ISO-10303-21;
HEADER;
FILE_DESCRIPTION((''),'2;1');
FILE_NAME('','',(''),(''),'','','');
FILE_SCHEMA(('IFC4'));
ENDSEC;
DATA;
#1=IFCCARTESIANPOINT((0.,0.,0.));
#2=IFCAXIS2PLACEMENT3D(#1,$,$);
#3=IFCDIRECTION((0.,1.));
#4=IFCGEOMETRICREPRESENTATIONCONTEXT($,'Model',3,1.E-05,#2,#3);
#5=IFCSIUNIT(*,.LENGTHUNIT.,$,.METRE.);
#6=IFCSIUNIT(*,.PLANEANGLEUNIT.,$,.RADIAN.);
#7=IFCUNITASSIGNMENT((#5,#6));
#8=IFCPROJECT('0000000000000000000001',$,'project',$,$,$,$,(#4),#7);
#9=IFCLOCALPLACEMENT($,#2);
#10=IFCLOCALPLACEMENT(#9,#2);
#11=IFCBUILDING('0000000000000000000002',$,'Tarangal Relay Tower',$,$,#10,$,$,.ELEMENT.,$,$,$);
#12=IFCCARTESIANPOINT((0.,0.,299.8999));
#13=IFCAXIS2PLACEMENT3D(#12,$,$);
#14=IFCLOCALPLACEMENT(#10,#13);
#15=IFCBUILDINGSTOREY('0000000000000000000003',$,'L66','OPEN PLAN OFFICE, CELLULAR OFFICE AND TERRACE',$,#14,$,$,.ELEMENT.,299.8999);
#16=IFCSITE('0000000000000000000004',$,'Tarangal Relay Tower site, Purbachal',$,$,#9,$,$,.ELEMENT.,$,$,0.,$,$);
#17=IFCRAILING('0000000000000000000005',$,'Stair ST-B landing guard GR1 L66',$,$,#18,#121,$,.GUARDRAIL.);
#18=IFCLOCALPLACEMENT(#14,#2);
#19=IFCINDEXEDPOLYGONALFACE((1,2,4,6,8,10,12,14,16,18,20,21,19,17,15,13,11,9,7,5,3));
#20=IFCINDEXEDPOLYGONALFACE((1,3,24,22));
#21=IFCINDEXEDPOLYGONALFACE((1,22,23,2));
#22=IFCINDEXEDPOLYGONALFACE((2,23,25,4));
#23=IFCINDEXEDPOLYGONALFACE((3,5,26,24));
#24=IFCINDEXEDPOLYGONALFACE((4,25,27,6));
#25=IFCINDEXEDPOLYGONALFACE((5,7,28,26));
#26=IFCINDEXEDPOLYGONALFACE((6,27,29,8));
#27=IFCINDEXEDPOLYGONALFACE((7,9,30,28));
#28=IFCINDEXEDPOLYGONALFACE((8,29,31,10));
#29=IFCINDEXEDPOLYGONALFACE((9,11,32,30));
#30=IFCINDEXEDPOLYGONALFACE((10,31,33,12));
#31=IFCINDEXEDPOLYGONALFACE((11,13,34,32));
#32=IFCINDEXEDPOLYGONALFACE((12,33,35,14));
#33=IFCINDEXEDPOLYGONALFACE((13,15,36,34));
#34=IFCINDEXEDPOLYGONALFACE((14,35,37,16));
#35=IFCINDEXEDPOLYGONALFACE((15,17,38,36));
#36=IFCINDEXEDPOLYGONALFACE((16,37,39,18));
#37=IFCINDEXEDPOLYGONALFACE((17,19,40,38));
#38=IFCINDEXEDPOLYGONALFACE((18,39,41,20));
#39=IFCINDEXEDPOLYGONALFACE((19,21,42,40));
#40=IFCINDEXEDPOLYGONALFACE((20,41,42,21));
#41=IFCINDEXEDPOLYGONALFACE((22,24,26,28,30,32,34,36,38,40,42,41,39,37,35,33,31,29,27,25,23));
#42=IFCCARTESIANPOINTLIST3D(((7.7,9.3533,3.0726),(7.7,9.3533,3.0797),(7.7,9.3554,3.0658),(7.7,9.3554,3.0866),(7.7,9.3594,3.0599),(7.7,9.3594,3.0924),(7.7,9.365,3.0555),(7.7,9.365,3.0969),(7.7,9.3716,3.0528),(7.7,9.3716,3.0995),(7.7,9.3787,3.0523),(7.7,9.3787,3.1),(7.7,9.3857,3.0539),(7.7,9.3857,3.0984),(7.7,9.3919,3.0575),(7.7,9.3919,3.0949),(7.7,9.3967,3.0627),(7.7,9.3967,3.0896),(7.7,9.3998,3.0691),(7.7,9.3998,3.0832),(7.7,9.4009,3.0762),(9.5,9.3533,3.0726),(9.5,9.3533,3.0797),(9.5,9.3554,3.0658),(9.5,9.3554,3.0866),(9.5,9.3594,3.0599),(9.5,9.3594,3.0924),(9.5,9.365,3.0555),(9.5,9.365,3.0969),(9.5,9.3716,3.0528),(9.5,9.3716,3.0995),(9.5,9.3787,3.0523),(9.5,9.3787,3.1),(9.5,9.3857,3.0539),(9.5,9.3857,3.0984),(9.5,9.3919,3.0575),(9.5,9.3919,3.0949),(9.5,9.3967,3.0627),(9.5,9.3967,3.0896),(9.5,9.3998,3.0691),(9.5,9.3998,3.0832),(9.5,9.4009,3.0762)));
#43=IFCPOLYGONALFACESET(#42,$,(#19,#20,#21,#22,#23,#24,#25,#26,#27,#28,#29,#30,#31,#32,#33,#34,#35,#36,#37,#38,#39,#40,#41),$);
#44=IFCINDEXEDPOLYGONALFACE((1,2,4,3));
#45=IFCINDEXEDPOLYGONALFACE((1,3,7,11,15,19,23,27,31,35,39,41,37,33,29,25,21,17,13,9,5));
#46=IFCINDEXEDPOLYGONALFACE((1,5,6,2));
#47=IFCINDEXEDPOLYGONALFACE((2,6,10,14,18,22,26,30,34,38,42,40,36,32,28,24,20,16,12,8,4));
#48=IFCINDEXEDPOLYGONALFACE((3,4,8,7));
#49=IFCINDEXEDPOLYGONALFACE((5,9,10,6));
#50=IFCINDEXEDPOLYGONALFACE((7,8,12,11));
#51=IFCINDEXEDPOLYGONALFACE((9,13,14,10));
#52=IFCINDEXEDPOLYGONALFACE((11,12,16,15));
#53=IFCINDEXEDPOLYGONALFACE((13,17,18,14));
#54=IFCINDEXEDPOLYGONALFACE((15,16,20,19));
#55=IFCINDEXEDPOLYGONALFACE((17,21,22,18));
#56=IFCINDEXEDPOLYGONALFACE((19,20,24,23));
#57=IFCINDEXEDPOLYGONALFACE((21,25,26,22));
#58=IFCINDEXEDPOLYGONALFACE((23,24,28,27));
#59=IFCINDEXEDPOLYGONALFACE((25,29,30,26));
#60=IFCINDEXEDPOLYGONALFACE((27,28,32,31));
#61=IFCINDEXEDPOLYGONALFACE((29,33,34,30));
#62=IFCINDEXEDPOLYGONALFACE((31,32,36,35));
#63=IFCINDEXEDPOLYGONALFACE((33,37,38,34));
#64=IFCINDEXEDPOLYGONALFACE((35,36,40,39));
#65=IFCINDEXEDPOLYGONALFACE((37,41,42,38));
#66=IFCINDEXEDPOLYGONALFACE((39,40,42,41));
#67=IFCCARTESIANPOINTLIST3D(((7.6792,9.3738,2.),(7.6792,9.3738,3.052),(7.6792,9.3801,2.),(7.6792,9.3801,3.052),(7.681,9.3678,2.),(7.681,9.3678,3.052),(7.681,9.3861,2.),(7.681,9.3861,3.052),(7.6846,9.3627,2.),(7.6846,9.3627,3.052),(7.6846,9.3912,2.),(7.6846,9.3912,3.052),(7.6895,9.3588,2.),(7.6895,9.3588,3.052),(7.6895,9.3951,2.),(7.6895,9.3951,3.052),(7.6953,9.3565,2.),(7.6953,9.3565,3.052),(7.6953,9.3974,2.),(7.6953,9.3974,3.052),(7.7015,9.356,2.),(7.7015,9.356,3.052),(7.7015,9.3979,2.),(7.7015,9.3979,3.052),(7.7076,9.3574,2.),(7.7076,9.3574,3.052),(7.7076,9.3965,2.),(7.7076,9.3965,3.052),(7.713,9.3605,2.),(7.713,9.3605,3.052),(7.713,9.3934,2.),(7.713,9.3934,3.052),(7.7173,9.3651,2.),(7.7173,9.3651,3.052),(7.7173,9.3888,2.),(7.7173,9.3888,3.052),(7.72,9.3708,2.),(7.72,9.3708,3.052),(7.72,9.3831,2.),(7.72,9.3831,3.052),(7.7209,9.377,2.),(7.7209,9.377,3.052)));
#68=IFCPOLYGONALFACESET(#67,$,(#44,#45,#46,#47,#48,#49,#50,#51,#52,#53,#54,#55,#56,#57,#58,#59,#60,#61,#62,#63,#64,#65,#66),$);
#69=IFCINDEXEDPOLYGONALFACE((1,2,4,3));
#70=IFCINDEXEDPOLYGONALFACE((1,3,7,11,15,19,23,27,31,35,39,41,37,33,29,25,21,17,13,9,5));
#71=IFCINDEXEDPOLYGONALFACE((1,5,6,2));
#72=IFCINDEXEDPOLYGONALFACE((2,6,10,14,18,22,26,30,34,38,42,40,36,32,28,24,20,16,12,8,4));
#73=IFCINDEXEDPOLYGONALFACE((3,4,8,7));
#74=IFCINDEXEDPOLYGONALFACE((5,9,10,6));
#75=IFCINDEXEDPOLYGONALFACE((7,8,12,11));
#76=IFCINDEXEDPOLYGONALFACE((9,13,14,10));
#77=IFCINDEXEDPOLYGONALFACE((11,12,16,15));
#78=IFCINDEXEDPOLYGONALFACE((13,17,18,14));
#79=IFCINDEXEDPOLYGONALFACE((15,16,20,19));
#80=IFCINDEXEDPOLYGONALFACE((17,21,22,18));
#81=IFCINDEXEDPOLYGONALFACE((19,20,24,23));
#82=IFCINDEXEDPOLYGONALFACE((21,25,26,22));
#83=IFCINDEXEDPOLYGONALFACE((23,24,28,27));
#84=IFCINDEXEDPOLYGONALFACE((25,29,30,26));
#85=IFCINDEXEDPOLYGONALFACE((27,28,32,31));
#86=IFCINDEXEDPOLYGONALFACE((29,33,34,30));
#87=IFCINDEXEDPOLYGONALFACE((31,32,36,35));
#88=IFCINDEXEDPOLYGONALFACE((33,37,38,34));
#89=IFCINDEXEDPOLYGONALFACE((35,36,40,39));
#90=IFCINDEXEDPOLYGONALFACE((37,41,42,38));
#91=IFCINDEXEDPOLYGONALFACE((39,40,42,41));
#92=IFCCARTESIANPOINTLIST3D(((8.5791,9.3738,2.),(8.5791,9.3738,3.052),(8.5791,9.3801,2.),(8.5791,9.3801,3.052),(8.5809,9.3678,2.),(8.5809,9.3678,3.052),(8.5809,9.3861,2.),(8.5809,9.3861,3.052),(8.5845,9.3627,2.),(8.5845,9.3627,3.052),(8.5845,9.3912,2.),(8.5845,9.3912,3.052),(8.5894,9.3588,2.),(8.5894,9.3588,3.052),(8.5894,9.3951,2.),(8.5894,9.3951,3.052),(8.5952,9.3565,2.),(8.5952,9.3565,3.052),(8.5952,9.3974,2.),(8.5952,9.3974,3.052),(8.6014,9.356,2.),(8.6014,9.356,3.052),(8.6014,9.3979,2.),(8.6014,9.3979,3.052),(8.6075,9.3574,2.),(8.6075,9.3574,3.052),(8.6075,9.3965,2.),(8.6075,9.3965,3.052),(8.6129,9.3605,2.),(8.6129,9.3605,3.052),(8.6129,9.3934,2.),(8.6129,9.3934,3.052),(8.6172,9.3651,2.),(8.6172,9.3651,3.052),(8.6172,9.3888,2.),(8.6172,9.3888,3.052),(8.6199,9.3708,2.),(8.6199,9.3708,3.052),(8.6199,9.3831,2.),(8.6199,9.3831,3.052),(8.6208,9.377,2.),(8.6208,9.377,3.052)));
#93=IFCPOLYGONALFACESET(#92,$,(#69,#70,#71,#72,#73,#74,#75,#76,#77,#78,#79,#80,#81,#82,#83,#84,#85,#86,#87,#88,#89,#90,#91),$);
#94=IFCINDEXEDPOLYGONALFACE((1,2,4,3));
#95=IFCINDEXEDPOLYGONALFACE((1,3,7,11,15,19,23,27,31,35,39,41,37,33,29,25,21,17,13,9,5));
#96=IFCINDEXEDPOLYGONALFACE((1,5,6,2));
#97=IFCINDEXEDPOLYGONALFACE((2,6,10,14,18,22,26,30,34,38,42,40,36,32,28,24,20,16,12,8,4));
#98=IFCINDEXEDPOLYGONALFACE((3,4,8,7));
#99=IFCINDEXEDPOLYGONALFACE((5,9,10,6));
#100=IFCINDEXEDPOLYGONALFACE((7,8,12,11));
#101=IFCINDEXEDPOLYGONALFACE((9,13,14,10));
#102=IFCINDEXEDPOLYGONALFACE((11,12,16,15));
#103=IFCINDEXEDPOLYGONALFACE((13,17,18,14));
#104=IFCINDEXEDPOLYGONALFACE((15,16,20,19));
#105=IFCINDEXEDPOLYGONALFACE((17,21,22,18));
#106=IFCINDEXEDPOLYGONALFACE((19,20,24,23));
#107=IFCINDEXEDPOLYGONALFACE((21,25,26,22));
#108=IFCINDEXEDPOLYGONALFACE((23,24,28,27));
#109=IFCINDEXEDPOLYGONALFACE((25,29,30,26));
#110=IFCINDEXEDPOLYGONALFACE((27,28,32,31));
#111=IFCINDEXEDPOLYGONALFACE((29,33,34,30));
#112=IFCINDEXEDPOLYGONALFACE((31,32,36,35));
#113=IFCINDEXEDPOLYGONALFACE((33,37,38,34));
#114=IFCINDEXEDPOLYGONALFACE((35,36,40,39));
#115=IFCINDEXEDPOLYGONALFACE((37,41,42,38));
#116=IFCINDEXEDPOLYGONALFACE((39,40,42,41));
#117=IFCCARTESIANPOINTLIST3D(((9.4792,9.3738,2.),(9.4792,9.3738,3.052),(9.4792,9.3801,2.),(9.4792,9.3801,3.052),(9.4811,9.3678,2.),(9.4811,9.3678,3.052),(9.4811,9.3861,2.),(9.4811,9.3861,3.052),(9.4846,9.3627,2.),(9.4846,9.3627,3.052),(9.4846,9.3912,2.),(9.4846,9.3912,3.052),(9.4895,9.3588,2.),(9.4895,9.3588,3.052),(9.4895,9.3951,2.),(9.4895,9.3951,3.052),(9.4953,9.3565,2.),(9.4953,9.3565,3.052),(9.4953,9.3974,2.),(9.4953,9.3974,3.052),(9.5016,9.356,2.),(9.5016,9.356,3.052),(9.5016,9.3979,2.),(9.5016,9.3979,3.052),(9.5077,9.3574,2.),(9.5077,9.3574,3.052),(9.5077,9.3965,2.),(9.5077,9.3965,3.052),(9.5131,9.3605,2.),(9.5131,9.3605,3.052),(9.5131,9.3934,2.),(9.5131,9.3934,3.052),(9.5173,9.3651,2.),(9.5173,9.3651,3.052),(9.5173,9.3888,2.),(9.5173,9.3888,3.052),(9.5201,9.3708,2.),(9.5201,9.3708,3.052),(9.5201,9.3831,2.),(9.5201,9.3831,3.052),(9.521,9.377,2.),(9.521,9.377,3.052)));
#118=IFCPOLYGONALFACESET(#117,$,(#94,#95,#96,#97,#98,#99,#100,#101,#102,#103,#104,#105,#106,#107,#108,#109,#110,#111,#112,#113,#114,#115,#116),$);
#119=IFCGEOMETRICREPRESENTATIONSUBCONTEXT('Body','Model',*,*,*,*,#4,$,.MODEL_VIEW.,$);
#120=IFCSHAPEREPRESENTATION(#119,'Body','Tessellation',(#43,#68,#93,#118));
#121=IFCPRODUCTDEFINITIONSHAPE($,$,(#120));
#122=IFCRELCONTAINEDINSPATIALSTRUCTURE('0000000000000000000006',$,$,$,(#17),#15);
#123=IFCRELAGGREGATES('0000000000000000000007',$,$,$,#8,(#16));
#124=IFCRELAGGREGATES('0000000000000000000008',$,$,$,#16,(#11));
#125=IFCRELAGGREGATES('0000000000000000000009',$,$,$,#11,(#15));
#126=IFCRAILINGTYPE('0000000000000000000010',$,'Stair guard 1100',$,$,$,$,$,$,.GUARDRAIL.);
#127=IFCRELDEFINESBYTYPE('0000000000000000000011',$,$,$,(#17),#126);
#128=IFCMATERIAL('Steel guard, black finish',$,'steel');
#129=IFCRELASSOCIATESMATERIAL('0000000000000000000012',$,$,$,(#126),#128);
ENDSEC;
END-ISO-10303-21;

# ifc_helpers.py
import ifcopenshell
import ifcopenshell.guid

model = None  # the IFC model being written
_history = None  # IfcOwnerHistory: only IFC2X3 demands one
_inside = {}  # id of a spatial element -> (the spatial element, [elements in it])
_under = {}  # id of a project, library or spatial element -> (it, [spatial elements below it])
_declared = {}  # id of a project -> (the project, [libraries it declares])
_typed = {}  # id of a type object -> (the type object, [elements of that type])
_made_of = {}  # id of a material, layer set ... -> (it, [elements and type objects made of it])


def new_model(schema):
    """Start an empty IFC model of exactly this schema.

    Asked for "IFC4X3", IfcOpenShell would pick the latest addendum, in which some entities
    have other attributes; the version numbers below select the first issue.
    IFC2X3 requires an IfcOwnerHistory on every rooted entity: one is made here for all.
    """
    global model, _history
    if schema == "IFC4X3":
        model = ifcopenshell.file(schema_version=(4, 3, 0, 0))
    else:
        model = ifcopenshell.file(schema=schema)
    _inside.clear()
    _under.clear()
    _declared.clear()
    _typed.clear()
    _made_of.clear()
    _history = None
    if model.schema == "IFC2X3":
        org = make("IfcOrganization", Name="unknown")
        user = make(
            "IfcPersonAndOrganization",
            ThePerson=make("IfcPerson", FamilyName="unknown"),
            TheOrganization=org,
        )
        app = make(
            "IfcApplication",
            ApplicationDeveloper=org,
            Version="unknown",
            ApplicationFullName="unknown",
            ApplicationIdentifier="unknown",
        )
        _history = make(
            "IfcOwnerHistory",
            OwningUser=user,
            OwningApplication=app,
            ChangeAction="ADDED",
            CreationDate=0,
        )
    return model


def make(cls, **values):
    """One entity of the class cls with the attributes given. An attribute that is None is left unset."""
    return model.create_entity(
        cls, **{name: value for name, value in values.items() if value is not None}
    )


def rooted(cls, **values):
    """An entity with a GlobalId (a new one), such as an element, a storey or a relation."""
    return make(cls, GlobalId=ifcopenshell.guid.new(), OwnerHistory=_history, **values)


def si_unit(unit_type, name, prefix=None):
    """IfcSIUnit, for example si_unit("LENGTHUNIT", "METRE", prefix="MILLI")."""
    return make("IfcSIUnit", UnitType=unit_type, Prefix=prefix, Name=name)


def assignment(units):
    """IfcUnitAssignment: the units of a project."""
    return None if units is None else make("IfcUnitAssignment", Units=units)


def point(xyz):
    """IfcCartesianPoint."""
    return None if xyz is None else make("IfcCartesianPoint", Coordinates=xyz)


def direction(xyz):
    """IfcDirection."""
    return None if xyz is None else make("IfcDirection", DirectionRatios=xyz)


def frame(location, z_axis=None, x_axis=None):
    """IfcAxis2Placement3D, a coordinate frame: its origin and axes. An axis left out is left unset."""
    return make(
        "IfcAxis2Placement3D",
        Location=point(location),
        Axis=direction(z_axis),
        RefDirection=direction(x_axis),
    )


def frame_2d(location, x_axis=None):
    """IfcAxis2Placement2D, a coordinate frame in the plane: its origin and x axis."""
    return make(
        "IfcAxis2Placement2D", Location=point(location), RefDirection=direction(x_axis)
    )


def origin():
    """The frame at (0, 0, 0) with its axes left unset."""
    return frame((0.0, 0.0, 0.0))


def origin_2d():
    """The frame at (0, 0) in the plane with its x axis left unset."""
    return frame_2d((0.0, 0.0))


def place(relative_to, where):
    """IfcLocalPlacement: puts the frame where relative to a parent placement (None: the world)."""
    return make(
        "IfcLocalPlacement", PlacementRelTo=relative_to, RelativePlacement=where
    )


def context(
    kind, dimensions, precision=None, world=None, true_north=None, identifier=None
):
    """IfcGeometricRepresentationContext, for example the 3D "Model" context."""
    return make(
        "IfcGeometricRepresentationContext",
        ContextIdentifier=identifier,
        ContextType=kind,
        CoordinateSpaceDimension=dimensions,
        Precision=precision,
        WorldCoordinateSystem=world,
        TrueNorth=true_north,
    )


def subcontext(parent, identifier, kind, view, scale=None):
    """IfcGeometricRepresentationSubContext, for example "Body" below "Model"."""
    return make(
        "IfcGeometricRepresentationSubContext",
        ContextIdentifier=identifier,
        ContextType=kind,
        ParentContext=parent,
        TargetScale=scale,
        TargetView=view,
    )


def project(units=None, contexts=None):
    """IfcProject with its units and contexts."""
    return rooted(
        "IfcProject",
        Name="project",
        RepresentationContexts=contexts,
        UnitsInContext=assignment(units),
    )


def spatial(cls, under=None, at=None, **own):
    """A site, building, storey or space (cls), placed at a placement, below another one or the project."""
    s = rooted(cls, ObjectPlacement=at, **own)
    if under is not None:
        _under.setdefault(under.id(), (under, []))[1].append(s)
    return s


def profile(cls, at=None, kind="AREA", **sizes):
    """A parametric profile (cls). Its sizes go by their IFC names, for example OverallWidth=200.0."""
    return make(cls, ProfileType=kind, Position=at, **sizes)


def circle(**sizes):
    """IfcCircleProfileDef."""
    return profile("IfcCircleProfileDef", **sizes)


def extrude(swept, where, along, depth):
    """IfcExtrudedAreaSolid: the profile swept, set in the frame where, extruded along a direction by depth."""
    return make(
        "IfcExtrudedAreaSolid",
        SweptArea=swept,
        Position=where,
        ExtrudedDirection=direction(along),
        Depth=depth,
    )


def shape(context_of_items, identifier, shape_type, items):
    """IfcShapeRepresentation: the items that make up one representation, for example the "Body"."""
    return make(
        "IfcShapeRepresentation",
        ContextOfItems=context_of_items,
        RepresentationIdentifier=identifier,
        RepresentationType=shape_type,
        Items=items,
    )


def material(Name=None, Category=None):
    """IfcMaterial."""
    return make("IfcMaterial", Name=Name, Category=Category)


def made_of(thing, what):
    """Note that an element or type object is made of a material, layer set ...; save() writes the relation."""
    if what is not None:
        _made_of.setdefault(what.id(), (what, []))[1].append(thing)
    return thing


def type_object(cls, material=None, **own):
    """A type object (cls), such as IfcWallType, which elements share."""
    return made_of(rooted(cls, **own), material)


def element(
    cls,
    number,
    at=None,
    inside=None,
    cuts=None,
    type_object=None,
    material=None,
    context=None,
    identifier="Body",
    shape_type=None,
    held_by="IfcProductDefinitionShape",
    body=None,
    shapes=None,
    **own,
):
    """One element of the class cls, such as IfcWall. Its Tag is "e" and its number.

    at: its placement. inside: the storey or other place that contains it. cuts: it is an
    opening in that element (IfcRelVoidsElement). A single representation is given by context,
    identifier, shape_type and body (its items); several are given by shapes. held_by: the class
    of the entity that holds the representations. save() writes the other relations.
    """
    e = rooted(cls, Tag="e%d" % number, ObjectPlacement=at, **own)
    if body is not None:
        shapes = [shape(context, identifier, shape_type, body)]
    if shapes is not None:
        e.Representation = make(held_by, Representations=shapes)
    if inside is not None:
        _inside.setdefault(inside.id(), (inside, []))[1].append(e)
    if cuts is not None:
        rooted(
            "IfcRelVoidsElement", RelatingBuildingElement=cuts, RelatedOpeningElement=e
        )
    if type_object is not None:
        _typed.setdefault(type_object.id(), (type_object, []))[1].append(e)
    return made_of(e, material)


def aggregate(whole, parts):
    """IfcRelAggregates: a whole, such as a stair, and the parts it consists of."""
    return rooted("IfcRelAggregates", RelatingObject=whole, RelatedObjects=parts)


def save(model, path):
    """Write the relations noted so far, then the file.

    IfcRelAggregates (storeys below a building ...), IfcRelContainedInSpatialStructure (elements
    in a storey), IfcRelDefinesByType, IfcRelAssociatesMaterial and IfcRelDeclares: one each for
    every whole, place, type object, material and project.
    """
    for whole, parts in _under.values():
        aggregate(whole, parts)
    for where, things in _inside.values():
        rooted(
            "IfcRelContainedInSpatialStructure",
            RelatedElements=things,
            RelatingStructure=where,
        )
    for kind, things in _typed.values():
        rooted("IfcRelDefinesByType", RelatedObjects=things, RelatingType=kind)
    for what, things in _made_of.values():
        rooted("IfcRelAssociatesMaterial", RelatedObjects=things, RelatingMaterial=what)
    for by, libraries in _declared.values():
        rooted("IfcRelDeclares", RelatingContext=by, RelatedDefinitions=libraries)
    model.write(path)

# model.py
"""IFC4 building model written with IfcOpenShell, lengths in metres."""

from ifc_helpers import new_model, si_unit, direction, frame, origin, origin_2d, place, context, subcontext, project, spatial, circle, extrude, material, type_object, element, save


model = new_model("IFC4")

# Units and contexts
model_context = context("Model", 3, precision=1e-05, world=origin(), true_north=direction((0.0, 1.0)))
body_context = subcontext(model_context, "Body", "Model", "MODEL_VIEW")
ifc_project = project(units=[si_unit("LENGTHUNIT", "METRE"), si_unit("PLANEANGLEUNIT", "RADIAN")], contexts=[model_context])

# Site, building, storey
site_placement = place(None, origin())
site = spatial("IfcSite", under=ifc_project, at=site_placement, Name="Tarangal Relay Tower site, Purbachal", CompositionType="ELEMENT", RefElevation=0.0)
building_placement = place(site_placement, origin())
building = spatial("IfcBuilding", under=site, at=building_placement, Name="Tarangal Relay Tower", CompositionType="ELEMENT")
storey_placement = place(building_placement, frame((0.0, 0.0, 299.8999)))
storey = spatial("IfcBuildingStorey", under=building, at=storey_placement, Name="L66", Description="OPEN PLAN OFFICE, CELLULAR OFFICE AND TERRACE", CompositionType="ELEMENT", Elevation=299.8999)

# Railing
ifc_material_1 = material(Name="Steel guard, black finish", Category="steel")
railing_type = type_object("IfcRailingType", Name="Stair guard 1100", PredefinedType="GUARDRAIL", material=ifc_material_1)
railing_1_placement = place(storey_placement, frame((7.7, 9.377, 2.0)))
element("IfcRailing", 1, at=railing_1_placement, inside=storey, type_object=railing_type, Name="Stair ST-B landing guard GR1 L66", PredefinedType="GUARDRAIL", context=body_context, shape_type="SweptSolid", body=[
    extrude(circle(Radius=0.0239, at=origin_2d()), frame((0.0, 0.0, 1.0762), z_axis=(1.0, 0.0, 0.0), x_axis=(0.0, 1.0, 0.0)), (0.0, 0.0, 1.0), 1.8),
    extrude(circle(Radius=0.021, at=origin_2d()), origin(), (0.0, 0.0, 1.0), 1.052),
    extrude(circle(Radius=0.021, at=origin_2d()), frame((0.8999, 0.0, 0.0)), (0.0, 0.0, 1.0), 1.052),
    extrude(circle(Radius=0.021, at=origin_2d()), frame((1.8, 0.0, 0.0)), (0.0, 0.0, 1.0), 1.052),
])

save(model, "model.ifc")
